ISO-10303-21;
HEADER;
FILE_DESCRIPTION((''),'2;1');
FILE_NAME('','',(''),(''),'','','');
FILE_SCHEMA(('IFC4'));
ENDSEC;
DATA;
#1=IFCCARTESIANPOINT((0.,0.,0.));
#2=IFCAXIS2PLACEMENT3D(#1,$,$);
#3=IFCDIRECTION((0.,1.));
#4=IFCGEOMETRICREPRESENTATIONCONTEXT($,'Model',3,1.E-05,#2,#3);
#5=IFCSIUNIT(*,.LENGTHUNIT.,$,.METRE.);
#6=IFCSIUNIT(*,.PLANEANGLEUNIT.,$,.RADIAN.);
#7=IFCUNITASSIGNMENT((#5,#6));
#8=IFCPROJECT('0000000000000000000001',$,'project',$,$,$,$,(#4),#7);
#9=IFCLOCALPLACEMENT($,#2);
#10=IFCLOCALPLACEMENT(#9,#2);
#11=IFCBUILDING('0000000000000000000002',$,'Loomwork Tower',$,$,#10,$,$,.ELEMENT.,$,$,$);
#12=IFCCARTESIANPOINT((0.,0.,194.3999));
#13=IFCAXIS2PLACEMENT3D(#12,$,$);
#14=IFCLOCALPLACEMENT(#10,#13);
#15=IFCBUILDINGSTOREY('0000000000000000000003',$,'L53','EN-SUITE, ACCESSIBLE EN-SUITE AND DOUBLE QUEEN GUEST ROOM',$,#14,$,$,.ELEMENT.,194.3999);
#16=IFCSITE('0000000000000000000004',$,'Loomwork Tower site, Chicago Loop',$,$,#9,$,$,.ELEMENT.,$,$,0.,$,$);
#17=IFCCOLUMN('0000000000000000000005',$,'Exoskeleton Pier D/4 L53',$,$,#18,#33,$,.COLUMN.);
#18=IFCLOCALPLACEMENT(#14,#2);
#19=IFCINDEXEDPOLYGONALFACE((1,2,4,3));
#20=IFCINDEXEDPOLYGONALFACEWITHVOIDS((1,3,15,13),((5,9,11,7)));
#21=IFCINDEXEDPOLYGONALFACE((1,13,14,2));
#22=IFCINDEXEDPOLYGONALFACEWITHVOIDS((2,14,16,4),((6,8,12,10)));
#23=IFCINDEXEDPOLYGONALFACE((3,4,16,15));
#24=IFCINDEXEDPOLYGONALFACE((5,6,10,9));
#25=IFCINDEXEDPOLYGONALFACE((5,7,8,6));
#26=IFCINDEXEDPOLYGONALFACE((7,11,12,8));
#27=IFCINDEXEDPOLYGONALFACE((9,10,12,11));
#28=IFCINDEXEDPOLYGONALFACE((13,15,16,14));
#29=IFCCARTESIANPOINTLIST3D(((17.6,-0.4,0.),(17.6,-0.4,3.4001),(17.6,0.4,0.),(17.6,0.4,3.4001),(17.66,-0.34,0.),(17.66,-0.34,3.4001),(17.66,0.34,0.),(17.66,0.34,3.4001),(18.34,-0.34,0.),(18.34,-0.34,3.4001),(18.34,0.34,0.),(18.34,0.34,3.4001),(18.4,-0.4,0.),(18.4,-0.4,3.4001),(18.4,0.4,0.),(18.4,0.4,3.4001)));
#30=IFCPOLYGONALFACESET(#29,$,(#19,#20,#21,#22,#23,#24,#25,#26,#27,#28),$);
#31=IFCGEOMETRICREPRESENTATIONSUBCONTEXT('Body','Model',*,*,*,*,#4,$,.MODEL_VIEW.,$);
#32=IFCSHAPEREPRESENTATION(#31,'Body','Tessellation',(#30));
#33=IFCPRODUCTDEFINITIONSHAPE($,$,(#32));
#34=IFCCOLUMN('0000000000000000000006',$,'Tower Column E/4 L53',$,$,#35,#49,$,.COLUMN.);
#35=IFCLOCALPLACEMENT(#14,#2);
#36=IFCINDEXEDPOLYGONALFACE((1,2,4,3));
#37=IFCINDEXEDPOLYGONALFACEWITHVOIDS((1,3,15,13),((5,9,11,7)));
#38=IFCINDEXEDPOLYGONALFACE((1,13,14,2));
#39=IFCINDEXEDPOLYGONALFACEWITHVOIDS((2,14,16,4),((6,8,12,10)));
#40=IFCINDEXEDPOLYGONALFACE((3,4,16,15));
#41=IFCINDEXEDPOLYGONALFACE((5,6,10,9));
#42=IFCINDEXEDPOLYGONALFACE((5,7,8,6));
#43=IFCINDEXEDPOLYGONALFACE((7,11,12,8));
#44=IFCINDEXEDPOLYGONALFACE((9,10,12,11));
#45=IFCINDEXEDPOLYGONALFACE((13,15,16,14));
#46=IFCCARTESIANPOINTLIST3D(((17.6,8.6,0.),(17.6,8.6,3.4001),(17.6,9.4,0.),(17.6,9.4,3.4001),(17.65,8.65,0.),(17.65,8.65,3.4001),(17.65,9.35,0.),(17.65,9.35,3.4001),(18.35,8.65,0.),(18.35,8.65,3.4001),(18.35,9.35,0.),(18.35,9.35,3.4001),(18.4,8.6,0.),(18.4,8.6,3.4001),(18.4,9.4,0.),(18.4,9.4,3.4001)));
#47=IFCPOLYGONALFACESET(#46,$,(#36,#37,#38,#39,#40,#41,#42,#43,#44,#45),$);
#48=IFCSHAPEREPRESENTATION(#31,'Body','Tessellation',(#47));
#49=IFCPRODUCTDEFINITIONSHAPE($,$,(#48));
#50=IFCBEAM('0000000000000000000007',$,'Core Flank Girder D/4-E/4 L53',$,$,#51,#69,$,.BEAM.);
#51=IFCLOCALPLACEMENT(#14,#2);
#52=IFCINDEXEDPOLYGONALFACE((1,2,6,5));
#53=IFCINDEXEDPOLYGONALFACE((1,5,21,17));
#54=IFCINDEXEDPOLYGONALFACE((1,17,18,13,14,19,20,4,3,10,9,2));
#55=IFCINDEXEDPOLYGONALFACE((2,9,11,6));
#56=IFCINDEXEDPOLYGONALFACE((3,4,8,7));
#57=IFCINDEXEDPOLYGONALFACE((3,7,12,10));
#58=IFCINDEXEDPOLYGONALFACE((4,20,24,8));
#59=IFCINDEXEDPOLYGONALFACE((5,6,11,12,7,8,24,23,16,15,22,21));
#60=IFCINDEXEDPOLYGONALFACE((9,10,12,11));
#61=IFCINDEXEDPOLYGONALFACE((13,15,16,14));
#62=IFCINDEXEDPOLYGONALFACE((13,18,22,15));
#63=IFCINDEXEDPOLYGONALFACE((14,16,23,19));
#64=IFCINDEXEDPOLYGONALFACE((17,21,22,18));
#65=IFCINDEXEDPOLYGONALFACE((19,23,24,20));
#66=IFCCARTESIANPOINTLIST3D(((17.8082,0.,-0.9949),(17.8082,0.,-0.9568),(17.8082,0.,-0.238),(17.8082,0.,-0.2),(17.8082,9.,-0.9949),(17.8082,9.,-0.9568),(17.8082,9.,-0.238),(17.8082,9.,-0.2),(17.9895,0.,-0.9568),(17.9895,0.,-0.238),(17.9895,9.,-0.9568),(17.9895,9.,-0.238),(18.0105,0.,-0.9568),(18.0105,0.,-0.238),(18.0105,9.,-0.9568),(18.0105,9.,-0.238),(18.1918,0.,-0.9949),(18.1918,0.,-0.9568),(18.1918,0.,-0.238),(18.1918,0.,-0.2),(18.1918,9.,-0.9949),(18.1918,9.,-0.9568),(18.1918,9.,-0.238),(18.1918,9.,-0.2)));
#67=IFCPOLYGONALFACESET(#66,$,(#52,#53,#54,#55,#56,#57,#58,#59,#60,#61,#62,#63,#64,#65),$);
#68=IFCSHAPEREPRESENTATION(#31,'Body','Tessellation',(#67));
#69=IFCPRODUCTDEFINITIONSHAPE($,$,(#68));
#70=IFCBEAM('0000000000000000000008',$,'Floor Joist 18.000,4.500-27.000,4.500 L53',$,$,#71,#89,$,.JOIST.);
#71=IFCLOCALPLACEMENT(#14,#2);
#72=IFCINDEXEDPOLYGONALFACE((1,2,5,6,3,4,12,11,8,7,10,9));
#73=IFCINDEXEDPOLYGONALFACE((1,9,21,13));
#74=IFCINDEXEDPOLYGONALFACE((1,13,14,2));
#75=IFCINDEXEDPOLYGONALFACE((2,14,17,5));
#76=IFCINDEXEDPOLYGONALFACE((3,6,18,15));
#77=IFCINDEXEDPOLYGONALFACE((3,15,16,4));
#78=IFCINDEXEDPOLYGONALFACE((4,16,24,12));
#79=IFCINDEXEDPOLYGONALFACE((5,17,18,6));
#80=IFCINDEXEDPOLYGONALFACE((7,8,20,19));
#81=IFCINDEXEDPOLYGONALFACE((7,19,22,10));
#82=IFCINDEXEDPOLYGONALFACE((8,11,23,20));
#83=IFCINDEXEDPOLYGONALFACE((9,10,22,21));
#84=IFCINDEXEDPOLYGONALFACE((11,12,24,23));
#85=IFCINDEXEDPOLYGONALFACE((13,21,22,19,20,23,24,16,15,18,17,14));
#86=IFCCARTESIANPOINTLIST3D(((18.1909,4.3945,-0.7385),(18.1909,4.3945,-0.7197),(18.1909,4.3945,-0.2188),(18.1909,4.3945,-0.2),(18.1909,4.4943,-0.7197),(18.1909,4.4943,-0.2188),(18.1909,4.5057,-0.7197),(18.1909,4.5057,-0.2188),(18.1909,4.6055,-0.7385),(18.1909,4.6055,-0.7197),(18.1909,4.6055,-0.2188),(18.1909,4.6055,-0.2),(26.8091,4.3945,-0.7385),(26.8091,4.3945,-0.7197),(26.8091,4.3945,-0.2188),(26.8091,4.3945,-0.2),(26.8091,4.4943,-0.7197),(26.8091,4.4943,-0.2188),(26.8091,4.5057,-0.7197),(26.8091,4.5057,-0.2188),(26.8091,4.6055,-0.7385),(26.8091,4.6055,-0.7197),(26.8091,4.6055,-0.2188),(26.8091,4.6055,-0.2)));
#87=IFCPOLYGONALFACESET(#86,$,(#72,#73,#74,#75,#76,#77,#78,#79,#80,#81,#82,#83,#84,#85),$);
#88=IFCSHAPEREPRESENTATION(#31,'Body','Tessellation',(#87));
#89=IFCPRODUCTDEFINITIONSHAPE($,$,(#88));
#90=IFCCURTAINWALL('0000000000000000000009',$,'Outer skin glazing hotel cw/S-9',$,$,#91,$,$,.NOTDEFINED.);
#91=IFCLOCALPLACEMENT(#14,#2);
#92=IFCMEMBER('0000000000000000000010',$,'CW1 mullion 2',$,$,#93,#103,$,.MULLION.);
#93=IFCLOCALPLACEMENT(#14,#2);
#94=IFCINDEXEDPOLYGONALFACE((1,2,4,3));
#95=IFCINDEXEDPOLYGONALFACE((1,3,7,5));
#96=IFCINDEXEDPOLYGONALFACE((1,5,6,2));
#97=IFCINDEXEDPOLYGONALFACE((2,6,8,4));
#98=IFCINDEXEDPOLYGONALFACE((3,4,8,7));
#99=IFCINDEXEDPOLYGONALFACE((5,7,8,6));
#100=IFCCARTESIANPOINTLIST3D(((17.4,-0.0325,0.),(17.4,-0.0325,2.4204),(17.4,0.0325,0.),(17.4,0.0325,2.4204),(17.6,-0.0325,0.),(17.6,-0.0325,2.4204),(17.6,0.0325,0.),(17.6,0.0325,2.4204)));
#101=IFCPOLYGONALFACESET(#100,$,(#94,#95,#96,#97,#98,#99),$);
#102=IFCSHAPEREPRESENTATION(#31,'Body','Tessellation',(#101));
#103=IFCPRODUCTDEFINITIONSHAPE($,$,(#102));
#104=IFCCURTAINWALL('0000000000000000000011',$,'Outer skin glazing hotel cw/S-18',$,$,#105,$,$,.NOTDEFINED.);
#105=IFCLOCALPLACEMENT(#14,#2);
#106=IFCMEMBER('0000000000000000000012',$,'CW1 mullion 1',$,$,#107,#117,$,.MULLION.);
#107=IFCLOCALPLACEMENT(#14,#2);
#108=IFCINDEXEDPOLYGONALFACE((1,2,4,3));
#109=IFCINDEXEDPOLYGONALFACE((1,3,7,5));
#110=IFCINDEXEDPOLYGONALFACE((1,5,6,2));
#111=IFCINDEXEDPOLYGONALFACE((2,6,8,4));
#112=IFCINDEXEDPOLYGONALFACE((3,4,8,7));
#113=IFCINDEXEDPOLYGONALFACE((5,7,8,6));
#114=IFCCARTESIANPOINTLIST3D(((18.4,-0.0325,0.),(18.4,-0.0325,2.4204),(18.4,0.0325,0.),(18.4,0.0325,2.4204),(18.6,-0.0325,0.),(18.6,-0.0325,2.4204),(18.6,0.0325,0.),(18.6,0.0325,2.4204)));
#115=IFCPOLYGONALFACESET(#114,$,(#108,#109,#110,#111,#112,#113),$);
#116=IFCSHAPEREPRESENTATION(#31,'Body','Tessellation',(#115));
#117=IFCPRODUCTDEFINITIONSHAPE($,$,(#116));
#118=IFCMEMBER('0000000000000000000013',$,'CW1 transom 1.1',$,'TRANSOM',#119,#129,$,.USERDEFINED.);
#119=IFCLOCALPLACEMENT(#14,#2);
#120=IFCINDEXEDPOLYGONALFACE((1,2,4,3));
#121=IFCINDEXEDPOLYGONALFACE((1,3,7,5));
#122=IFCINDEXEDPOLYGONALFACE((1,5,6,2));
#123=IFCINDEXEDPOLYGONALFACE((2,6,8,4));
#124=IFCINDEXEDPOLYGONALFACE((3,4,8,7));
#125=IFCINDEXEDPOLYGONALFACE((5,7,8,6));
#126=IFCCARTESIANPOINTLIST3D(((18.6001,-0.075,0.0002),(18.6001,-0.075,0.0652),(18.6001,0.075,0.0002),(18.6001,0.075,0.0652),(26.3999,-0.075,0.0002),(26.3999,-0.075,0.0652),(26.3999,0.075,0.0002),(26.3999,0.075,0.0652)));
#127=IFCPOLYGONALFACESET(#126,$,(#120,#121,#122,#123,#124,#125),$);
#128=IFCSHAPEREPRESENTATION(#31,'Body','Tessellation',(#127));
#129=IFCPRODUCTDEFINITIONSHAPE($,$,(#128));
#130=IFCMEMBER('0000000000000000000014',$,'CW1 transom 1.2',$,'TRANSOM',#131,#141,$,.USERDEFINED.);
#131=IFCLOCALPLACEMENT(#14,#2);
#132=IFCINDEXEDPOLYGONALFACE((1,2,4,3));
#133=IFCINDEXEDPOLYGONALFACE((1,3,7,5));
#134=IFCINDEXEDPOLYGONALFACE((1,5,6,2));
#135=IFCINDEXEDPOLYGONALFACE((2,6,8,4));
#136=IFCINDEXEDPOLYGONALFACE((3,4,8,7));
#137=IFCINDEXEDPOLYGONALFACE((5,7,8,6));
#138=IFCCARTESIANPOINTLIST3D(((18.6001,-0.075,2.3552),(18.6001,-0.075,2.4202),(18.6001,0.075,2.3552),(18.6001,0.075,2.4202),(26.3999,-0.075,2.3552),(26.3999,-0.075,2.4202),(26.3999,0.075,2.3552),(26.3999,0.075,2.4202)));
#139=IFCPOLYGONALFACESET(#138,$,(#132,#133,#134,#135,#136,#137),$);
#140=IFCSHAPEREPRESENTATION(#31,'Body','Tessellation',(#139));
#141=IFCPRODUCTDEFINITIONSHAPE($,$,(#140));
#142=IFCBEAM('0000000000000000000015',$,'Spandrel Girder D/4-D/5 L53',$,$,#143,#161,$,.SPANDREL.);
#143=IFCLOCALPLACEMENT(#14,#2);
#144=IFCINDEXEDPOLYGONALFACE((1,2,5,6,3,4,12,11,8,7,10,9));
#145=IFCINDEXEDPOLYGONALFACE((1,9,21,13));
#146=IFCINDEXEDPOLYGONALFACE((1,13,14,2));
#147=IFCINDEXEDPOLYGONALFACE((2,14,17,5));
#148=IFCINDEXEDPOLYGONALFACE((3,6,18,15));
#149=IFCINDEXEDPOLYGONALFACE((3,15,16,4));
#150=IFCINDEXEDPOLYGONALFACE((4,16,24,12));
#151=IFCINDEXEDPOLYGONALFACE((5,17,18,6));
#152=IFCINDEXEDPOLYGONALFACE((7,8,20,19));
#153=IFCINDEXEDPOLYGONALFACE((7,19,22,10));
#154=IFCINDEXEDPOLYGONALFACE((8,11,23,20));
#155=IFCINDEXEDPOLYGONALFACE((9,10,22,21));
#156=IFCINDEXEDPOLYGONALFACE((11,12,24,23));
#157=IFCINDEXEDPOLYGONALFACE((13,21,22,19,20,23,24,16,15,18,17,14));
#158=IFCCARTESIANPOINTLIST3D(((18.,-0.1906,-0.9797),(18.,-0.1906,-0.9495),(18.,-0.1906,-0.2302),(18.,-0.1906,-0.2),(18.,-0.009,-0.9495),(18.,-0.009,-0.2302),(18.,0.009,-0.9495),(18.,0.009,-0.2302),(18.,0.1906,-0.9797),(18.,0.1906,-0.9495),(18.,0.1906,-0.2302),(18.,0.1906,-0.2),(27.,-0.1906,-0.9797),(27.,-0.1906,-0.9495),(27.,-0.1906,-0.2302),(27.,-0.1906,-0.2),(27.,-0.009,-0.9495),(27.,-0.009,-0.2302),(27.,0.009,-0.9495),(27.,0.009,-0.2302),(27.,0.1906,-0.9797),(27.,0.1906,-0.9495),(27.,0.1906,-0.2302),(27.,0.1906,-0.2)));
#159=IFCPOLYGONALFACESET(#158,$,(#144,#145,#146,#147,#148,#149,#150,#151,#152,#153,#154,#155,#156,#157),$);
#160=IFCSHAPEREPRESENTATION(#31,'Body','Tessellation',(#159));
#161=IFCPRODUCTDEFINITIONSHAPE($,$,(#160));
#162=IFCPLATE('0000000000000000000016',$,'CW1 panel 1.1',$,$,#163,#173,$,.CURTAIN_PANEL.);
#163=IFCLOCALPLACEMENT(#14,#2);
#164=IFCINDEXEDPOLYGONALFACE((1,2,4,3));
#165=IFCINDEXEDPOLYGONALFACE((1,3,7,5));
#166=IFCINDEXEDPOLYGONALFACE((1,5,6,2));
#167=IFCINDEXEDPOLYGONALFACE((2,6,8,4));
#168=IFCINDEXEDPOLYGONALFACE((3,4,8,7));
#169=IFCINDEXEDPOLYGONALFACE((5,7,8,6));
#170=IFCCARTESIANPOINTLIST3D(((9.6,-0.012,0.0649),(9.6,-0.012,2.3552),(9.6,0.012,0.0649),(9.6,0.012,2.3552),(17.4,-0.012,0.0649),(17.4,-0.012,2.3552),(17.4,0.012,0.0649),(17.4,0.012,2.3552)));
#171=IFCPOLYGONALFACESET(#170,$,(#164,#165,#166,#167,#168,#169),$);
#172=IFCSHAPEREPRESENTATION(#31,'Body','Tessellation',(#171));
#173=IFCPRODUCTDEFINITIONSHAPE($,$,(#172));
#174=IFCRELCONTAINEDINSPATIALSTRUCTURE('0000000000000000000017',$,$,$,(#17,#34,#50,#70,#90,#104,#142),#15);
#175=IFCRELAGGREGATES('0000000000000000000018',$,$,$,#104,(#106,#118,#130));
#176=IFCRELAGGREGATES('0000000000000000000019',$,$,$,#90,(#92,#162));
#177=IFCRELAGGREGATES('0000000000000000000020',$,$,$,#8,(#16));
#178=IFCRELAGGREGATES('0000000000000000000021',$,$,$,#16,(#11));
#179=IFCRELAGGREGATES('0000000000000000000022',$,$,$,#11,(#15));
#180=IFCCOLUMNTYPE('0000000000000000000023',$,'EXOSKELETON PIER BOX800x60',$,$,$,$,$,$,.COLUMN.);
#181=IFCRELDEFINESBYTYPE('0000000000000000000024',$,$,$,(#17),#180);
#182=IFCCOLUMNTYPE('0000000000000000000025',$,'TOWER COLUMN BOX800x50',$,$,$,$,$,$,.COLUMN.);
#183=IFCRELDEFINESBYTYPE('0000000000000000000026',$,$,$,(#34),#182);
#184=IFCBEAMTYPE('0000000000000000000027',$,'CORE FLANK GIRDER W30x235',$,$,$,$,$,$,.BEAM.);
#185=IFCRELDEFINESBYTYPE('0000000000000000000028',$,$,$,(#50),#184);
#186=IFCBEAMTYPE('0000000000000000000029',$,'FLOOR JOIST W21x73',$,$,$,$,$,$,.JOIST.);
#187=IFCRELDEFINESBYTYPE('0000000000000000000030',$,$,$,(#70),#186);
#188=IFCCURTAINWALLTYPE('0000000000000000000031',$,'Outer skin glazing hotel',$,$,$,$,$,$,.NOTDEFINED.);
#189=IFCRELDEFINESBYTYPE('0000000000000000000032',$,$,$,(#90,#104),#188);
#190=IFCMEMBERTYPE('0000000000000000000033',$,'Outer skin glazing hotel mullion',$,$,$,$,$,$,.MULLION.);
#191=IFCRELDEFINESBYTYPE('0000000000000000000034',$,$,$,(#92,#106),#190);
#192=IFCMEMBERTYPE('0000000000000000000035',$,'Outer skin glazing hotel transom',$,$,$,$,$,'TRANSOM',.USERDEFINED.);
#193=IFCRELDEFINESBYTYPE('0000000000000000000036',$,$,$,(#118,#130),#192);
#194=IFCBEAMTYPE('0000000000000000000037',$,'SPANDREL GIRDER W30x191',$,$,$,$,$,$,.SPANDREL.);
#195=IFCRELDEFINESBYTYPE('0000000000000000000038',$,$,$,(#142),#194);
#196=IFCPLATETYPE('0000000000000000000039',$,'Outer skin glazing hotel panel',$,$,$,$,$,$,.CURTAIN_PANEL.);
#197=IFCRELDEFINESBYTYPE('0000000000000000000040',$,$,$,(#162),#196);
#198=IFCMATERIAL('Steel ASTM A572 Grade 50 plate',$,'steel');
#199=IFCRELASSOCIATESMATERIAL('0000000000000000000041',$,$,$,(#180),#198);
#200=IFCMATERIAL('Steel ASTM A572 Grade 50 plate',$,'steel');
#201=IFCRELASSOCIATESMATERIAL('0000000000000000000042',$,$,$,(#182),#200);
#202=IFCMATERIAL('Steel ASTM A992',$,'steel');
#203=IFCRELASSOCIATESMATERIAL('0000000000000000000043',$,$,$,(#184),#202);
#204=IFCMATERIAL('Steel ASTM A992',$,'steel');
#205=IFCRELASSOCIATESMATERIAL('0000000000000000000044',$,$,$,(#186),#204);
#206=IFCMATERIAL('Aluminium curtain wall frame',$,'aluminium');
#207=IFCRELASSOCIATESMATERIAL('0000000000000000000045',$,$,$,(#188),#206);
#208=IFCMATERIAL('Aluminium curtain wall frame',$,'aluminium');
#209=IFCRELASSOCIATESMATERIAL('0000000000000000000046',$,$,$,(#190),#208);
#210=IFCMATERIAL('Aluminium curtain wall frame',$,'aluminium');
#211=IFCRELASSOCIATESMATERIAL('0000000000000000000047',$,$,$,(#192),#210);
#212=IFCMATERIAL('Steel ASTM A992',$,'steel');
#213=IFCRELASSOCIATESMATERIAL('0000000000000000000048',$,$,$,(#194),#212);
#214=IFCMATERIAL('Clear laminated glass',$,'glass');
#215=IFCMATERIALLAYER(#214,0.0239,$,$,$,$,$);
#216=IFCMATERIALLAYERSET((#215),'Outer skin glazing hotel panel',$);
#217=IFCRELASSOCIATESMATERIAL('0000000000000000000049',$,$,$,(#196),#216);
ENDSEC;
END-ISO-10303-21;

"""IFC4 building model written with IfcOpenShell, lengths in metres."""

from ifc_helpers import new_model, si_unit, direction, frame, origin, origin_2d, place, context, subcontext, project, spatial, rectangle, hollow_rectangle, i_section, extrude, material, layer, layer_set, material_profile, profile_set, type_object, element, aggregate, save


model = new_model("IFC4")

# Units and contexts
model_context = context("Model", 3, precision=1e-05, world=origin(), true_north=direction((0.0, 1.0)))
body_context = subcontext(model_context, "Body", "Model", "MODEL_VIEW")
ifc_project = project(units=[si_unit("LENGTHUNIT", "METRE"), si_unit("PLANEANGLEUNIT", "RADIAN")], contexts=[model_context])

# Site, building, storey
site_placement = place(None, origin())
site = spatial("IfcSite", under=ifc_project, at=site_placement, Name="Loomwork Tower site, Chicago Loop", CompositionType="ELEMENT", RefElevation=0.0)
building_placement = place(site_placement, origin())
building = spatial("IfcBuilding", under=site, at=building_placement, Name="Loomwork Tower", CompositionType="ELEMENT")
storey_placement = place(building_placement, frame((0.0, 0.0, 194.3999)))
storey = spatial("IfcBuildingStorey", under=building, at=storey_placement, Name="L53", Description="EN-SUITE, ACCESSIBLE EN-SUITE AND DOUBLE QUEEN GUEST ROOM", CompositionType="ELEMENT", Elevation=194.3999)

# Columns
ifc_material_1 = material(Name="Steel ASTM A572 Grade 50 plate", Category="steel")
ifc_material_profile_1 = material_profile(ifc_material_1, hollow_rectangle(XDim=0.8, YDim=0.8, WallThickness=0.0601, at=origin_2d()), Name="BOX800x60")
ifc_profile_set_1 = profile_set([ifc_material_profile_1], Name="Steel ASTM A572 Grade 50 plate")
column_type_1 = type_object("IfcColumnType", Name="EXOSKELETON PIER BOX800x60", PredefinedType="COLUMN", material=ifc_profile_set_1)
column_1_placement = place(storey_placement, frame((18.0, 0.0, 0.0), z_axis=(0.0, 0.0, 1.0), x_axis=(1.0, 0.0, 0.0)))
element("IfcColumn", 1, at=column_1_placement, inside=storey, type_object=column_type_1, Name="Exoskeleton Pier D/4 L53", PredefinedType="COLUMN", context=body_context, shape_type="SweptSolid", body=[
    extrude(hollow_rectangle(XDim=0.8, YDim=0.8, WallThickness=0.0601, at=origin_2d()), origin(), (0.0, 0.0, 1.0), 3.4001),
])
ifc_material_2 = material(Name="Steel ASTM A572 Grade 50 plate", Category="steel")
ifc_material_profile_2 = material_profile(ifc_material_2, hollow_rectangle(XDim=0.8, YDim=0.8, WallThickness=0.05, at=origin_2d()), Name="BOX800x50")
ifc_profile_set_2 = profile_set([ifc_material_profile_2], Name="Steel ASTM A572 Grade 50 plate")
column_type_2 = type_object("IfcColumnType", Name="TOWER COLUMN BOX800x50", PredefinedType="COLUMN", material=ifc_profile_set_2)
column_2_placement = place(storey_placement, frame((18.0, 9.0, 0.0), z_axis=(0.0, 0.0, 1.0), x_axis=(1.0, 0.0, 0.0)))
element("IfcColumn", 2, at=column_2_placement, inside=storey, type_object=column_type_2, Name="Tower Column E/4 L53", PredefinedType="COLUMN", context=body_context, shape_type="SweptSolid", body=[
    extrude(hollow_rectangle(XDim=0.8, YDim=0.8, WallThickness=0.05, at=origin_2d()), origin(), (0.0, 0.0, 1.0), 3.4001),
])

# Beams
ifc_material_3 = material(Name="Steel ASTM A992", Category="steel")
ifc_material_profile_3 = material_profile(ifc_material_3, i_section(OverallWidth=0.3835, OverallDepth=0.7949, WebThickness=0.021, FlangeThickness=0.0381, at=origin_2d()), Name="W30x235")
ifc_profile_set_3 = profile_set([ifc_material_profile_3], Name="Steel ASTM A992")
beam_type_1 = type_object("IfcBeamType", Name="CORE FLANK GIRDER W30x235", PredefinedType="BEAM", material=ifc_profile_set_3)
beam_1_placement = place(storey_placement, frame((18.0, 0.0, -0.5974), z_axis=(0.0, 1.0, 0.0), x_axis=(-1.0, 0.0, 0.0)))
element("IfcBeam", 3, at=beam_1_placement, inside=storey, type_object=beam_type_1, Name="Core Flank Girder D/4-E/4 L53", PredefinedType="BEAM", context=body_context, shape_type="SweptSolid", body=[
    extrude(i_section(OverallWidth=0.3835, OverallDepth=0.7949, WebThickness=0.021, FlangeThickness=0.0381, at=origin_2d()), origin(), (0.0, 0.0, 1.0), 9.0),
])
ifc_material_4 = material(Name="Steel ASTM A992", Category="steel")
ifc_material_profile_4 = material_profile(ifc_material_4, i_section(OverallWidth=0.2109, OverallDepth=0.5386, WebThickness=0.0115, FlangeThickness=0.0188, at=origin_2d()), Name="W21x73")
ifc_profile_set_4 = profile_set([ifc_material_profile_4], Name="Steel ASTM A992")
beam_type_2 = type_object("IfcBeamType", Name="FLOOR JOIST W21x73", PredefinedType="JOIST", material=ifc_profile_set_4)
beam_2_placement = place(storey_placement, frame((18.1909, 4.5, -0.4692), z_axis=(1.0, 0.0, 0.0), x_axis=(0.0, 1.0, 0.0)))
element("IfcBeam", 4, at=beam_2_placement, inside=storey, type_object=beam_type_2, Name="Floor Joist 18.000,4.500-27.000,4.500 L53", PredefinedType="JOIST", context=body_context, shape_type="SweptSolid", body=[
    extrude(i_section(OverallWidth=0.2109, OverallDepth=0.5386, WebThickness=0.0115, FlangeThickness=0.0188, at=origin_2d()), origin(), (0.0, 0.0, 1.0), 8.6182),
])

# Curtain wall, member
ifc_material_5 = material(Name="Aluminium curtain wall frame", Category="aluminium")
curtain_wall_type = type_object("IfcCurtainWallType", Name="Outer skin glazing hotel", PredefinedType="NOTDEFINED", material=ifc_material_5)
curtain_wall_1_placement = place(storey_placement, origin())
curtain_wall_1 = element("IfcCurtainWall", 5, at=curtain_wall_1_placement, inside=storey, type_object=curtain_wall_type, Name="Outer skin glazing hotel cw/S-9", PredefinedType="NOTDEFINED")
ifc_material_6 = material(Name="Aluminium curtain wall frame", Category="aluminium")
ifc_material_profile_5 = material_profile(ifc_material_6, rectangle(XDim=0.0649, YDim=0.2, at=origin_2d()), Name="AL 65x200")
ifc_profile_set_5 = profile_set([ifc_material_profile_5], Name="Aluminium curtain wall frame")
member_type_1 = type_object("IfcMemberType", Name="Outer skin glazing hotel mullion", PredefinedType="MULLION", material=ifc_profile_set_5)
member_1_placement = place(storey_placement, frame((17.5, 0.0, 0.0), z_axis=(0.0, 0.0, 1.0), x_axis=(0.0, 1.0, 0.0)))
member_1 = element("IfcMember", 6, at=member_1_placement, type_object=member_type_1, Name="CW1 mullion 2", PredefinedType="MULLION", context=body_context, shape_type="SweptSolid", body=[
    extrude(rectangle(XDim=0.0649, YDim=0.2, at=origin_2d()), origin(), (0.0, 0.0, 1.0), 2.4204),
])

# Curtain wall, members
curtain_wall_2_placement = place(storey_placement, origin())
curtain_wall_2 = element("IfcCurtainWall", 7, at=curtain_wall_2_placement, inside=storey, type_object=curtain_wall_type, Name="Outer skin glazing hotel cw/S-18", PredefinedType="NOTDEFINED")
member_2_placement = place(storey_placement, frame((18.5, 0.0, 0.0), z_axis=(0.0, 0.0, 1.0), x_axis=(0.0, 1.0, 0.0)))
member_2 = element("IfcMember", 8, at=member_2_placement, type_object=member_type_1, Name="CW1 mullion 1", PredefinedType="MULLION", context=body_context, shape_type="SweptSolid", body=[
    extrude(rectangle(XDim=0.0649, YDim=0.2, at=origin_2d()), origin(), (0.0, 0.0, 1.0), 2.4204),
])
ifc_material_7 = material(Name="Aluminium curtain wall frame", Category="aluminium")
ifc_material_profile_6 = material_profile(ifc_material_7, rectangle(XDim=0.1499, YDim=0.0649, at=origin_2d()), Name="AL 65x150")
ifc_profile_set_6 = profile_set([ifc_material_profile_6], Name="Aluminium curtain wall frame")
member_type_2 = type_object("IfcMemberType", Name="Outer skin glazing hotel transom", ElementType="TRANSOM", PredefinedType="USERDEFINED", material=ifc_profile_set_6)
member_3_placement = place(storey_placement, frame((18.6001, 0.0, 0.0327), z_axis=(1.0, 0.0, 0.0), x_axis=(0.0, 1.0, 0.0)))
member_3 = element("IfcMember", 9, at=member_3_placement, type_object=member_type_2, Name="CW1 transom 1.1", ObjectType="TRANSOM", PredefinedType="USERDEFINED", context=body_context, shape_type="SweptSolid", body=[
    extrude(rectangle(XDim=0.1499, YDim=0.0649, at=origin_2d()), origin(), (0.0, 0.0, 1.0), 7.7998),
])
member_4_placement = place(storey_placement, frame((18.6001, 0.0, 2.3877), z_axis=(1.0, 0.0, 0.0), x_axis=(0.0, 1.0, 0.0)))
member_4 = element("IfcMember", 10, at=member_4_placement, type_object=member_type_2, Name="CW1 transom 1.2", ObjectType="TRANSOM", PredefinedType="USERDEFINED", context=body_context, shape_type="SweptSolid", body=[
    extrude(rectangle(XDim=0.1499, YDim=0.0649, at=origin_2d()), origin(), (0.0, 0.0, 1.0), 7.7998),
])
aggregate(curtain_wall_2, [member_2, member_3, member_4])

# Beam
ifc_material_8 = material(Name="Steel ASTM A992", Category="steel")
ifc_material_profile_7 = material_profile(ifc_material_8, i_section(OverallWidth=0.3811, OverallDepth=0.7798, WebThickness=0.0181, FlangeThickness=0.0303, at=origin_2d()), Name="W30x191")
ifc_profile_set_7 = profile_set([ifc_material_profile_7], Name="Steel ASTM A992")
beam_type_3 = type_object("IfcBeamType", Name="SPANDREL GIRDER W30x191", PredefinedType="SPANDREL", material=ifc_profile_set_7)
beam_3_placement = place(storey_placement, frame((18.0, 0.0, -0.5898), z_axis=(1.0, 0.0, 0.0), x_axis=(0.0, 1.0, 0.0)))
element("IfcBeam", 11, at=beam_3_placement, inside=storey, type_object=beam_type_3, Name="Spandrel Girder D/4-D/5 L53", PredefinedType="SPANDREL", context=body_context, shape_type="SweptSolid", body=[
    extrude(i_section(OverallWidth=0.3811, OverallDepth=0.7798, WebThickness=0.0181, FlangeThickness=0.0303, at=origin_2d()), origin(), (0.0, 0.0, 1.0), 9.0),
])

# Plate
ifc_material_9 = material(Name="Clear laminated glass", Category="glass")
ifc_layer_1 = layer(ifc_material_9, 0.0239)
ifc_layer_set_1 = layer_set([ifc_layer_1], Name="Outer skin glazing hotel panel")
plate_type = type_object("IfcPlateType", Name="Outer skin glazing hotel panel", PredefinedType="CURTAIN_PANEL", material=ifc_layer_set_1)
plate_placement = place(storey_placement, frame((13.5, 0.0, 0.0649), z_axis=(0.0, 0.0, 1.0), x_axis=(1.0, 0.0, 0.0)))
plate = element("IfcPlate", 12, at=plate_placement, type_object=plate_type, Name="CW1 panel 1.1", PredefinedType="CURTAIN_PANEL", context=body_context, shape_type="SweptSolid", body=[
    extrude(rectangle(XDim=7.8, YDim=0.0239, at=origin_2d()), origin(), (0.0, 0.0, 1.0), 2.2903),
])
aggregate(curtain_wall_1, [member_1, plate])

save(model, "model.ifc")
